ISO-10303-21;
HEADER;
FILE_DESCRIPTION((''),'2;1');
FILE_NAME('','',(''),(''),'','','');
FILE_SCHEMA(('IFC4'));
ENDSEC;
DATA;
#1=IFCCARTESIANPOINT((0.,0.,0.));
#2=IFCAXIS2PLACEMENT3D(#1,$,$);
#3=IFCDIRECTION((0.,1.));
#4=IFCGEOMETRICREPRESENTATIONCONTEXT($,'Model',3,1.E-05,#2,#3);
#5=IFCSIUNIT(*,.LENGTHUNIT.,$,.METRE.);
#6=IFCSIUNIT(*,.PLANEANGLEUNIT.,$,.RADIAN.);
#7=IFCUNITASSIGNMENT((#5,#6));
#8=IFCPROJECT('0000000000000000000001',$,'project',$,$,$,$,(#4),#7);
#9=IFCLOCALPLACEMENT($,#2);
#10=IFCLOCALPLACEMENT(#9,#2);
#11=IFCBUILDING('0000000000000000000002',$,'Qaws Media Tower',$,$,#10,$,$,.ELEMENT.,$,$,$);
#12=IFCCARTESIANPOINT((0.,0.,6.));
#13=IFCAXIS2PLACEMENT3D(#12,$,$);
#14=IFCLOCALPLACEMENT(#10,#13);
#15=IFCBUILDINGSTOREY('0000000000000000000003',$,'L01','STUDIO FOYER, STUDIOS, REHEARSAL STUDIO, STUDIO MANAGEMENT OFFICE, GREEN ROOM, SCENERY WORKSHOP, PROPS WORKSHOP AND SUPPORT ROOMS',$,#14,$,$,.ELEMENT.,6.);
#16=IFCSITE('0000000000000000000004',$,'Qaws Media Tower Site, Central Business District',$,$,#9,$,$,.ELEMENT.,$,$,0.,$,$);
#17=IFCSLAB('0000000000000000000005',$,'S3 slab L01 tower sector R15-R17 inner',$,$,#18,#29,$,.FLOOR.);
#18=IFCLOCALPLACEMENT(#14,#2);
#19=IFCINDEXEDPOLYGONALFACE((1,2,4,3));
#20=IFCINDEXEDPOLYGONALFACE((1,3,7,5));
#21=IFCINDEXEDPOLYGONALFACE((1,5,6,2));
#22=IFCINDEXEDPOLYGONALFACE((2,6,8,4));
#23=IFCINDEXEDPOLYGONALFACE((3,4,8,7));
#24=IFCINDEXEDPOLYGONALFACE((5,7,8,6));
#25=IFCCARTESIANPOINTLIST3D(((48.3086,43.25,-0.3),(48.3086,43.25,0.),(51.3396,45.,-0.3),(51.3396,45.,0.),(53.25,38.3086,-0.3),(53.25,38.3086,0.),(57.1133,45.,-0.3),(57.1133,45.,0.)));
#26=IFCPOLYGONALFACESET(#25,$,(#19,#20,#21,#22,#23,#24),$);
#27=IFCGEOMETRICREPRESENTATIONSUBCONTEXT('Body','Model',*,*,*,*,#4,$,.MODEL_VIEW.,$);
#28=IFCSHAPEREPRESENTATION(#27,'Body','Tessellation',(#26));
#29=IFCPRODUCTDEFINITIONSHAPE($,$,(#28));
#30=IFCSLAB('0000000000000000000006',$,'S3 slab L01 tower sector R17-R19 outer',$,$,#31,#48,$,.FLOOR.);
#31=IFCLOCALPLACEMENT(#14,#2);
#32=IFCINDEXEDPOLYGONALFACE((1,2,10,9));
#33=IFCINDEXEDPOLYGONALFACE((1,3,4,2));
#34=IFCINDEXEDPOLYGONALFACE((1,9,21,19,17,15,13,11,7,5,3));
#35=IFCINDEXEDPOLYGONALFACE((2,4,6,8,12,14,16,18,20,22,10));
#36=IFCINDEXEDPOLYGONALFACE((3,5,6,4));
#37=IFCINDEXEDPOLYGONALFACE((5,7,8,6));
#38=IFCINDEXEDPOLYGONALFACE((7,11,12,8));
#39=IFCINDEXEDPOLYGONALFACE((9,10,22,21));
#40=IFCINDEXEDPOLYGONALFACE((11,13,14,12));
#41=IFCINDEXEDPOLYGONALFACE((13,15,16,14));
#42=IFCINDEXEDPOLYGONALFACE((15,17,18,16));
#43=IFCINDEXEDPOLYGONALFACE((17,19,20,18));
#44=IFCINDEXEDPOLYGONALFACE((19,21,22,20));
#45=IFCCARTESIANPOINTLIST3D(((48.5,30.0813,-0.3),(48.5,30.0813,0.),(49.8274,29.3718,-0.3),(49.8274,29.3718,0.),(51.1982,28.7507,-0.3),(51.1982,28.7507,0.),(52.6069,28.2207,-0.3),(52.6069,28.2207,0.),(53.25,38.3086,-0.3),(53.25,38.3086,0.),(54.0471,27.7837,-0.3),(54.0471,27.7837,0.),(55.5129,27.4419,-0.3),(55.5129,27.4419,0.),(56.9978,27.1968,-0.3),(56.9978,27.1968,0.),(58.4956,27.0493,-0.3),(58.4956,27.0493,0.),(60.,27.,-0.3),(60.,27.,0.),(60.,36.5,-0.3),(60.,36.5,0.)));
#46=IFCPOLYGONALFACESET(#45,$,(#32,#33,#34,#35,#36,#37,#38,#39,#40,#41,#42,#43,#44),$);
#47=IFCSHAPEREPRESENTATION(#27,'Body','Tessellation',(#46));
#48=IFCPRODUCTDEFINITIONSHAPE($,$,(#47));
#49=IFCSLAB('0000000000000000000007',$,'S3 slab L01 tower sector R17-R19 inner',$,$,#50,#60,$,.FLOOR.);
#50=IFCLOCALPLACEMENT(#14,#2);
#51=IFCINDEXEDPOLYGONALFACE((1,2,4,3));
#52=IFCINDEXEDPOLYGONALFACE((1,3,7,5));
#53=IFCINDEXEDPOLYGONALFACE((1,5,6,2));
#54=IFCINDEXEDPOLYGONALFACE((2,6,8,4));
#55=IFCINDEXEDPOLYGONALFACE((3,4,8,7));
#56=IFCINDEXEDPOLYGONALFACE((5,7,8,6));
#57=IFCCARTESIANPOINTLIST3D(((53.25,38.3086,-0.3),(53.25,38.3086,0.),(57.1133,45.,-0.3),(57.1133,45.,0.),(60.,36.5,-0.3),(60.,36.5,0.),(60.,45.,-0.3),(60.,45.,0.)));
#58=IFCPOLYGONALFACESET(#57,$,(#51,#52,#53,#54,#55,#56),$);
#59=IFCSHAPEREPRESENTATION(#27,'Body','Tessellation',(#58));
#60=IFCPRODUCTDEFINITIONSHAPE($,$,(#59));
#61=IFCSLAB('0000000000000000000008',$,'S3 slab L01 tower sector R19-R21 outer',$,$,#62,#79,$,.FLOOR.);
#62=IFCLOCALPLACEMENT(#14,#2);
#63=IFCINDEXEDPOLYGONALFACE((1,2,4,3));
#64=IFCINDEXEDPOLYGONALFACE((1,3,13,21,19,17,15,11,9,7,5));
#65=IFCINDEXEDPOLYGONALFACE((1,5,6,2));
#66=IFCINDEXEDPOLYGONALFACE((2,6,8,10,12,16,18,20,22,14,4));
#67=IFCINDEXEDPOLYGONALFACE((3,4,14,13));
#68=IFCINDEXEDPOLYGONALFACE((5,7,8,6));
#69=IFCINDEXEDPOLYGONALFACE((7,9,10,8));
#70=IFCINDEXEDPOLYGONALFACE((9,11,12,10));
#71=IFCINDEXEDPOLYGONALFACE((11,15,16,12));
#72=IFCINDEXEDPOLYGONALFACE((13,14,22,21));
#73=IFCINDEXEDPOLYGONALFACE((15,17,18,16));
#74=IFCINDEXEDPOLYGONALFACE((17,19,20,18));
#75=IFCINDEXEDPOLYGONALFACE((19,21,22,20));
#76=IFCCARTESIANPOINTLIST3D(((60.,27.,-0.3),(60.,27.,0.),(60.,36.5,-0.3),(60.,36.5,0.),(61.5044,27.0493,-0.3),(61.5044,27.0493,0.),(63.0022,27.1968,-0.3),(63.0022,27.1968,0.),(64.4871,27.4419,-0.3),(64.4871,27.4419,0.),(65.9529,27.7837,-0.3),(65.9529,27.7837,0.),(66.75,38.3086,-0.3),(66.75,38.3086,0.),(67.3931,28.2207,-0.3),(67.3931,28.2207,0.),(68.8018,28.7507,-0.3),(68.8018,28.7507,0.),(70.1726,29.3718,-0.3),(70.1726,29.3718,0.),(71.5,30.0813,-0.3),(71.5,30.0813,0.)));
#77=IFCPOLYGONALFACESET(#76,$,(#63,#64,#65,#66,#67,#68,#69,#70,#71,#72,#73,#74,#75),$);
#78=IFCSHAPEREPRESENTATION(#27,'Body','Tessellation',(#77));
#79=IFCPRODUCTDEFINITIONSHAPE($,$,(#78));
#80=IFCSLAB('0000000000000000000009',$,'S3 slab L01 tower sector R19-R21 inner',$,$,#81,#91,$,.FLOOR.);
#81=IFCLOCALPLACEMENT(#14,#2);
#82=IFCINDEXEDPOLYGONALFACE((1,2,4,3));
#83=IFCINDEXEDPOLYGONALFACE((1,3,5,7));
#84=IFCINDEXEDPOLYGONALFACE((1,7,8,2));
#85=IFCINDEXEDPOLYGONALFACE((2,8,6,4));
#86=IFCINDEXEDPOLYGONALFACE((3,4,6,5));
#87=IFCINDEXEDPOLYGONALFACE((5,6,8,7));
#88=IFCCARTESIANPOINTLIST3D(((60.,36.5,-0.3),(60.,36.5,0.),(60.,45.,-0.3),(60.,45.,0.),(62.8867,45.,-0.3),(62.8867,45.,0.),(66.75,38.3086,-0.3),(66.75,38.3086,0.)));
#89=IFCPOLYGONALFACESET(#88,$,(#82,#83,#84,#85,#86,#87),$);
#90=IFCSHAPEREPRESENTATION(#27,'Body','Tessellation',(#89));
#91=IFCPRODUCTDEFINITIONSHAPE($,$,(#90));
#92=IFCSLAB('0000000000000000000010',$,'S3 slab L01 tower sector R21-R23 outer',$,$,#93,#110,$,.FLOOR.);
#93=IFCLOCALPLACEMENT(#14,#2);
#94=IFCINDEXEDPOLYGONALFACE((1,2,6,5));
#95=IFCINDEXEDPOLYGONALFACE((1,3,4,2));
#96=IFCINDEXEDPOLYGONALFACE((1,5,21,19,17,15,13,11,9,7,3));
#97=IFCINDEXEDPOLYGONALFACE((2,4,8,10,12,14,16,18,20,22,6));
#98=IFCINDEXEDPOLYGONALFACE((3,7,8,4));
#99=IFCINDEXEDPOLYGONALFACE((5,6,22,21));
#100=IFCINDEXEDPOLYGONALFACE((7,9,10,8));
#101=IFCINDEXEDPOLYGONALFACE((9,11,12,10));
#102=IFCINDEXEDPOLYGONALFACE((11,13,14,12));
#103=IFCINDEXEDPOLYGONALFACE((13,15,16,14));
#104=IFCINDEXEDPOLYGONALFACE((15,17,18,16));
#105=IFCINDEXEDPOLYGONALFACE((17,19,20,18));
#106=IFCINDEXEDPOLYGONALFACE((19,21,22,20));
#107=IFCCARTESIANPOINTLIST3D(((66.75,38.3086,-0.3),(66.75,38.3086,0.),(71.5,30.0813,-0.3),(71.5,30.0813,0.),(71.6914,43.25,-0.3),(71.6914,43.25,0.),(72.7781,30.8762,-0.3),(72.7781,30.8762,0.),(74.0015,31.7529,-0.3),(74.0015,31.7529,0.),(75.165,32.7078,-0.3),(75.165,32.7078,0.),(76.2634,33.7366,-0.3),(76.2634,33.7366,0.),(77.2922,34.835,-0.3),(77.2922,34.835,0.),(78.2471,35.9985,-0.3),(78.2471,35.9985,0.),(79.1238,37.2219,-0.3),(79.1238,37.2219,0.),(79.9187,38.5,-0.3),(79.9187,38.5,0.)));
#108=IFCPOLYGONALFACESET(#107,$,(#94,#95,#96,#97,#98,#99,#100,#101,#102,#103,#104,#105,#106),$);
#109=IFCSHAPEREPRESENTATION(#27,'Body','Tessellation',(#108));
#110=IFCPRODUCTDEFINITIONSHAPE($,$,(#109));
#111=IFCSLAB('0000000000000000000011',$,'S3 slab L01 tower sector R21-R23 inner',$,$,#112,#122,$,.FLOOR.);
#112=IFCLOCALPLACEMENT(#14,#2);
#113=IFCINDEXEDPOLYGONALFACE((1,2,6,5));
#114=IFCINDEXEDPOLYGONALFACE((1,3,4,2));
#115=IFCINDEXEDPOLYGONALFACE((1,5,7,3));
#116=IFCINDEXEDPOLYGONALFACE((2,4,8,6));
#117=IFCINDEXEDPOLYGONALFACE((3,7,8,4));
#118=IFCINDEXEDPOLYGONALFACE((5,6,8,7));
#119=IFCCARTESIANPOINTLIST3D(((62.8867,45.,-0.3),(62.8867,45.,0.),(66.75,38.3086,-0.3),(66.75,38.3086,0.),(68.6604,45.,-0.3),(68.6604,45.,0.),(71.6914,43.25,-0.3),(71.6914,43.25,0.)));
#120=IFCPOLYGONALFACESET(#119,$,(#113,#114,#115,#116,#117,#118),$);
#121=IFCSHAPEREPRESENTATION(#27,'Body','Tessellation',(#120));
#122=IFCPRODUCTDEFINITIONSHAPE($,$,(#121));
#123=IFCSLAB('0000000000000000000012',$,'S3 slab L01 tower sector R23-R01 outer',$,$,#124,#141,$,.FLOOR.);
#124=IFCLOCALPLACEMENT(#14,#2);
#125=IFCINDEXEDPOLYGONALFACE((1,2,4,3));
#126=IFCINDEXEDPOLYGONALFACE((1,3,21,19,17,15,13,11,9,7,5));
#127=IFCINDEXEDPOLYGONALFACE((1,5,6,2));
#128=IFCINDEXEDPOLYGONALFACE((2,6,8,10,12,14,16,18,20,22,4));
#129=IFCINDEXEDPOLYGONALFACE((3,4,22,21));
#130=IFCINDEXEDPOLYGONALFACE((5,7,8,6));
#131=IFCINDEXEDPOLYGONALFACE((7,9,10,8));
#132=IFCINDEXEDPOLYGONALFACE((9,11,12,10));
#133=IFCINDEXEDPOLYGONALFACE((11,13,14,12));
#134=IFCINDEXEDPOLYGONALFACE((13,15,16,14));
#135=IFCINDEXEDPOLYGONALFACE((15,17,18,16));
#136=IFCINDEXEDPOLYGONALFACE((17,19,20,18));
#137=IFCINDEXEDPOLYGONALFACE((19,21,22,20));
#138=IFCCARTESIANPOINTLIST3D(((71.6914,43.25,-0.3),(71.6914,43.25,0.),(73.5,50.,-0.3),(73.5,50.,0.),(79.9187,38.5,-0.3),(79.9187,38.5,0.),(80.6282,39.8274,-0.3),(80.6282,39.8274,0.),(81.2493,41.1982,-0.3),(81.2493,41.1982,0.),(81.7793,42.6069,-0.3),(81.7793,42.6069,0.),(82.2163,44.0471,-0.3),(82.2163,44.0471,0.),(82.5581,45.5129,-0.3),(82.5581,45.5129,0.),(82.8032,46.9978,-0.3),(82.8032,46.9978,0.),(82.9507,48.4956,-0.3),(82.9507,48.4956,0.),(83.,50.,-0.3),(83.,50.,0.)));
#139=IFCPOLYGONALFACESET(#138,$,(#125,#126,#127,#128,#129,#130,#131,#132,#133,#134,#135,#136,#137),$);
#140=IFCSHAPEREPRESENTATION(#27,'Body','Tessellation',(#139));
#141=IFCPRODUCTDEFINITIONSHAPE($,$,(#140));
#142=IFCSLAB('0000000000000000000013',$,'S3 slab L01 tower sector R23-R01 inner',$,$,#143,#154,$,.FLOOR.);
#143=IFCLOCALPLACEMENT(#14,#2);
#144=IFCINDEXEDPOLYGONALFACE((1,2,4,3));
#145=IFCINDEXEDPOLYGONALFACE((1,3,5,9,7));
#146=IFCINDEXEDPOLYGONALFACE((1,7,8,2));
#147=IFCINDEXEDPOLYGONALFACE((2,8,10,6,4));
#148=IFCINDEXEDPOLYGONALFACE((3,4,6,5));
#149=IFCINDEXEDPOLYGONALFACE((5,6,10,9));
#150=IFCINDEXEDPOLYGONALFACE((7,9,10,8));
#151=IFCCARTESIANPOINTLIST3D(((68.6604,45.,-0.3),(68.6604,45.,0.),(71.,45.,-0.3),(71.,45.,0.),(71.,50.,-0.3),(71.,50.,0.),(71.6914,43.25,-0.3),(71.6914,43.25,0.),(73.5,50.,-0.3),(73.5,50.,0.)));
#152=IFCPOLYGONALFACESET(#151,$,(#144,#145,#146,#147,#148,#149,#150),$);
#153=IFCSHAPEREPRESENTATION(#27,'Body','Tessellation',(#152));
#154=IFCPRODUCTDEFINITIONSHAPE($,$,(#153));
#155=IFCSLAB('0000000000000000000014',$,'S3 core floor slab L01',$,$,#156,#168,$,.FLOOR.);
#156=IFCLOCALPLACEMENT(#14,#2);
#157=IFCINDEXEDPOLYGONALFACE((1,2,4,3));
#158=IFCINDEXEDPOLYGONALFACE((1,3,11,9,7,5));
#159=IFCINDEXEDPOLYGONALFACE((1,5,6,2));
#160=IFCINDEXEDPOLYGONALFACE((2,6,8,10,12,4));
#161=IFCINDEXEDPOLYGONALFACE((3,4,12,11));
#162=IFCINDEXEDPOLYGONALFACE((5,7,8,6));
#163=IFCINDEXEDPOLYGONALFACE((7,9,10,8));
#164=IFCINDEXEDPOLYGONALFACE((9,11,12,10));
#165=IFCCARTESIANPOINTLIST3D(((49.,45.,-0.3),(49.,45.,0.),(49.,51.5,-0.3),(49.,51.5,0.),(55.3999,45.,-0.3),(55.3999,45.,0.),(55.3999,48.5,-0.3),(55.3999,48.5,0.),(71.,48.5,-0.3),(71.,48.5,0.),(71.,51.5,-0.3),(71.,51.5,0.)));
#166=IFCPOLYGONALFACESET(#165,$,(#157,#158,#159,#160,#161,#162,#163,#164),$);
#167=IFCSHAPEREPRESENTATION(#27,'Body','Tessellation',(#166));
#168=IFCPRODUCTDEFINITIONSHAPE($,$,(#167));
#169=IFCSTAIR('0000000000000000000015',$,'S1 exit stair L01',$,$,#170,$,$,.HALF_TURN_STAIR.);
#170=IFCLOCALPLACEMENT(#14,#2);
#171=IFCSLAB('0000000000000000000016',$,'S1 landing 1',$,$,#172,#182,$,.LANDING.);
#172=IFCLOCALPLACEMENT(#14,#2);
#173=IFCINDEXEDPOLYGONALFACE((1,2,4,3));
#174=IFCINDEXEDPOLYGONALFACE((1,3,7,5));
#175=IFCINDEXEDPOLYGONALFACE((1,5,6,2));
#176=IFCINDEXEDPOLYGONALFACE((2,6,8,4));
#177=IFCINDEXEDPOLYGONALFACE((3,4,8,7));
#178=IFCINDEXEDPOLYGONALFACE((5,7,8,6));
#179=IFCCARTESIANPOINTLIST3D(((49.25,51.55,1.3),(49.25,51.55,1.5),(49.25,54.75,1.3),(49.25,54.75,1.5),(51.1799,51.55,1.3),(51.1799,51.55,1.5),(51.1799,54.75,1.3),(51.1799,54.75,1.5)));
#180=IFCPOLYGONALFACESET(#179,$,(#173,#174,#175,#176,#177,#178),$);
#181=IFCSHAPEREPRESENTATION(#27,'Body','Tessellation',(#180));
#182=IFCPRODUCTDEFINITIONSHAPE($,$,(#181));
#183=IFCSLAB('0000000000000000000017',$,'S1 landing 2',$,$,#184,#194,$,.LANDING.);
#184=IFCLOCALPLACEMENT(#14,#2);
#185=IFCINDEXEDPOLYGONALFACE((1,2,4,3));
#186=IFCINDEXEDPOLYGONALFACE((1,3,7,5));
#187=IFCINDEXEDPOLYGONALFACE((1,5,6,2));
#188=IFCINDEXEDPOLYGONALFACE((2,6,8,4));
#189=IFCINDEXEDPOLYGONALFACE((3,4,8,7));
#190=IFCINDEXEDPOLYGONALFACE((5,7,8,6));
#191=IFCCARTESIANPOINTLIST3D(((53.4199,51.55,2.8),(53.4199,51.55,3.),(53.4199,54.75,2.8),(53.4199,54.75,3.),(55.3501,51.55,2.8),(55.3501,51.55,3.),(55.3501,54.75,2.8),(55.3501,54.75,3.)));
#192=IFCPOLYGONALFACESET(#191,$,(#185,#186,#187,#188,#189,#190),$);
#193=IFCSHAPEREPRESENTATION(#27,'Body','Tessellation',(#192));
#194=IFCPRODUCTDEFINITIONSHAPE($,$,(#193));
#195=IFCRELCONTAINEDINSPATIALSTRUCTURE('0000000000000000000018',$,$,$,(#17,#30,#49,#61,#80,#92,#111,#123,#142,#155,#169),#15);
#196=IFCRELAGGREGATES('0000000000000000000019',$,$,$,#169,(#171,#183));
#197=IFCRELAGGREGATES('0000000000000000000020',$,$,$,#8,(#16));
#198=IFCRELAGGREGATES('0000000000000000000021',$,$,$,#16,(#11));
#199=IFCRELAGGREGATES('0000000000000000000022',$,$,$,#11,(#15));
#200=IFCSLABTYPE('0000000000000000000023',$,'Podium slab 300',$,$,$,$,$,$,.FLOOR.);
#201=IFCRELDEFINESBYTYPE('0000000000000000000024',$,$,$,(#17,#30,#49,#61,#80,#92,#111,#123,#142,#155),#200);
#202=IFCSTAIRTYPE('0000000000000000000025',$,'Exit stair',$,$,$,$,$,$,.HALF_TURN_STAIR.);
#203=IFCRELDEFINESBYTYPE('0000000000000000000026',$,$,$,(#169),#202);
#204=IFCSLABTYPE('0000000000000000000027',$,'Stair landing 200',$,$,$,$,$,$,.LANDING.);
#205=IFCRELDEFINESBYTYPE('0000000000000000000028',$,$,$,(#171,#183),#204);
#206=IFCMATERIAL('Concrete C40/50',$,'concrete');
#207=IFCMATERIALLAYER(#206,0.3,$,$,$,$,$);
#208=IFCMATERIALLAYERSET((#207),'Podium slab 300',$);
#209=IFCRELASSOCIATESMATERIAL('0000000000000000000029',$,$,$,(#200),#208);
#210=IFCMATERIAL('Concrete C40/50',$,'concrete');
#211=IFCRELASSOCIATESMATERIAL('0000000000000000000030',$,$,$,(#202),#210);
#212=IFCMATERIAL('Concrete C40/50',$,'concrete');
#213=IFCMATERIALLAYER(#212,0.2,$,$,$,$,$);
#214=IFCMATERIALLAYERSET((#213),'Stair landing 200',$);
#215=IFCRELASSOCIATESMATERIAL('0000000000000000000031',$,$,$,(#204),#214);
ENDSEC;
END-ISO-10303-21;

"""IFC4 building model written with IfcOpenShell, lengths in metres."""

from ifc_helpers import new_model, si_unit, direction, frame, origin, place, context, subcontext, project, spatial, polyline, outline, extrude, material, layer, layer_set, type_object, element, aggregate, save


model = new_model("IFC4")

# Units and contexts
model_context = context("Model", 3, precision=1e-05, world=origin(), true_north=direction((0.0, 1.0)))
body_context = subcontext(model_context, "Body", "Model", "MODEL_VIEW")
ifc_project = project(units=[si_unit("LENGTHUNIT", "METRE"), si_unit("PLANEANGLEUNIT", "RADIAN")], contexts=[model_context])

# Site, building, storey
site_placement = place(None, origin())
site = spatial("IfcSite", under=ifc_project, at=site_placement, Name="Qaws Media Tower Site, Central Business District", CompositionType="ELEMENT", RefElevation=0.0)
building_placement = place(site_placement, origin())
building = spatial("IfcBuilding", under=site, at=building_placement, Name="Qaws Media Tower", CompositionType="ELEMENT")
storey_placement = place(building_placement, frame((0.0, 0.0, 6.0)))
storey = spatial("IfcBuildingStorey", under=building, at=storey_placement, Name="L01", Description="STUDIO FOYER, STUDIOS, REHEARSAL STUDIO, STUDIO MANAGEMENT OFFICE, GREEN ROOM, SCENERY WORKSHOP, PROPS WORKSHOP AND SUPPORT ROOMS", CompositionType="ELEMENT", Elevation=6.0)

# Slabs
ifc_material_1 = material(Name="Concrete C40/50", Category="concrete")
ifc_layer_1 = layer(ifc_material_1, 0.3)
ifc_layer_set_1 = layer_set([ifc_layer_1], Name="Podium slab 300")
slab_type_1 = type_object("IfcSlabType", Name="Podium slab 300", PredefinedType="FLOOR", material=ifc_layer_set_1)
slab_1_placement = place(storey_placement, frame((0.0, 0.0, -0.3)))
element("IfcSlab", 1, at=slab_1_placement, inside=storey, type_object=slab_type_1, Name="S3 slab L01 tower sector R15-R17 inner", PredefinedType="FLOOR", context=body_context, shape_type="SweptSolid", body=[
    extrude(outline(polyline([(51.3396, 45.0), (57.1133, 45.0), (53.25, 38.3086), (48.3086, 43.25), (51.3396, 45.0)])), origin(), (0.0, 0.0, 1.0), 0.3),
])
slab_2_placement = place(storey_placement, frame((0.0, 0.0, -0.3)))
element("IfcSlab", 2, at=slab_2_placement, inside=storey, type_object=slab_type_1, Name="S3 slab L01 tower sector R17-R19 outer", PredefinedType="FLOOR", context=body_context, shape_type="SweptSolid", body=[
    extrude(outline(polyline([(51.1982, 28.7507), (49.8274, 29.3718), (48.5, 30.0813), (53.25, 38.3086), (60.0, 36.5), (60.0, 27.0), (58.4956, 27.0493), (56.9978, 27.1968), (55.5129, 27.4419), (54.0471, 27.7837), (52.6069, 28.2207), (51.1982, 28.7507)])), origin(), (0.0, 0.0, 1.0), 0.3),
])
slab_3_placement = place(storey_placement, frame((0.0, 0.0, -0.3)))
element("IfcSlab", 3, at=slab_3_placement, inside=storey, type_object=slab_type_1, Name="S3 slab L01 tower sector R17-R19 inner", PredefinedType="FLOOR", context=body_context, shape_type="SweptSolid", body=[
    extrude(outline(polyline([(57.1133, 45.0), (60.0, 45.0), (60.0, 36.5), (53.25, 38.3086), (57.1133, 45.0)])), origin(), (0.0, 0.0, 1.0), 0.3),
])
slab_4_placement = place(storey_placement, frame((0.0, 0.0, -0.3)))
element("IfcSlab", 4, at=slab_4_placement, inside=storey, type_object=slab_type_1, Name="S3 slab L01 tower sector R19-R21 outer", PredefinedType="FLOOR", context=body_context, shape_type="SweptSolid", body=[
    extrude(outline(polyline([(63.0022, 27.1968), (61.5044, 27.0493), (60.0, 27.0), (60.0, 36.5), (66.75, 38.3086), (71.5, 30.0813), (70.1726, 29.3718), (68.8018, 28.7507), (67.3931, 28.2207), (65.9529, 27.7837), (64.4871, 27.4419), (63.0022, 27.1968)])), origin(), (0.0, 0.0, 1.0), 0.3),
])
slab_5_placement = place(storey_placement, frame((0.0, 0.0, -0.3)))
element("IfcSlab", 5, at=slab_5_placement, inside=storey, type_object=slab_type_1, Name="S3 slab L01 tower sector R19-R21 inner", PredefinedType="FLOOR", context=body_context, shape_type="SweptSolid", body=[
    extrude(outline(polyline([(60.0, 45.0), (62.8867, 45.0), (66.75, 38.3086), (60.0, 36.5), (60.0, 45.0)])), origin(), (0.0, 0.0, 1.0), 0.3),
])
slab_6_placement = place(storey_placement, frame((0.0, 0.0, -0.3)))
element("IfcSlab", 6, at=slab_6_placement, inside=storey, type_object=slab_type_1, Name="S3 slab L01 tower sector R21-R23 outer", PredefinedType="FLOOR", context=body_context, shape_type="SweptSolid", body=[
    extrude(outline(polyline([(74.0015, 31.7529), (72.7781, 30.8762), (71.5, 30.0813), (66.75, 38.3086), (71.6914, 43.25), (79.9187, 38.5), (79.1238, 37.2219), (78.2471, 35.9985), (77.2922, 34.835), (76.2634, 33.7366), (75.165, 32.7078), (74.0015, 31.7529)])), origin(), (0.0, 0.0, 1.0), 0.3),
])
slab_7_placement = place(storey_placement, frame((0.0, 0.0, -0.3)))
element("IfcSlab", 7, at=slab_7_placement, inside=storey, type_object=slab_type_1, Name="S3 slab L01 tower sector R21-R23 inner", PredefinedType="FLOOR", context=body_context, shape_type="SweptSolid", body=[
    extrude(outline(polyline([(62.8867, 45.0), (68.6604, 45.0), (71.6914, 43.25), (66.75, 38.3086), (62.8867, 45.0)])), origin(), (0.0, 0.0, 1.0), 0.3),
])
slab_8_placement = place(storey_placement, frame((0.0, 0.0, -0.3)))
element("IfcSlab", 8, at=slab_8_placement, inside=storey, type_object=slab_type_1, Name="S3 slab L01 tower sector R23-R01 outer", PredefinedType="FLOOR", context=body_context, shape_type="SweptSolid", body=[
    extrude(outline(polyline([(81.2493, 41.1982), (80.6282, 39.8274), (79.9187, 38.5), (71.6914, 43.25), (73.5, 50.0), (83.0, 50.0), (82.9507, 48.4956), (82.8032, 46.9978), (82.5581, 45.5129), (82.2163, 44.0471), (81.7793, 42.6069), (81.2493, 41.1982)])), origin(), (0.0, 0.0, 1.0), 0.3),
])
slab_9_placement = place(storey_placement, frame((0.0, 0.0, -0.3)))
element("IfcSlab", 9, at=slab_9_placement, inside=storey, type_object=slab_type_1, Name="S3 slab L01 tower sector R23-R01 inner", PredefinedType="FLOOR", context=body_context, shape_type="SweptSolid", body=[
    extrude(outline(polyline([(68.6604, 45.0), (71.0, 45.0), (71.0, 50.0), (73.5, 50.0), (71.6914, 43.25), (68.6604, 45.0)])), origin(), (0.0, 0.0, 1.0), 0.3),
])
slab_10_placement = place(storey_placement, frame((0.0, 0.0, -0.3)))
element("IfcSlab", 10, at=slab_10_placement, inside=storey, type_object=slab_type_1, Name="S3 core floor slab L01", PredefinedType="FLOOR", context=body_context, shape_type="SweptSolid", body=[
    extrude(outline(polyline([(55.3999, 48.5), (55.3999, 45.0), (49.0, 45.0), (49.0, 51.5), (71.0, 51.5), (71.0, 48.5), (55.3999, 48.5)])), origin(), (0.0, 0.0, 1.0), 0.3),
])

# Stair, slabs
ifc_material_2 = material(Name="Concrete C40/50", Category="concrete")
stair_type = type_object("IfcStairType", Name="Exit stair", PredefinedType="HALF_TURN_STAIR", material=ifc_material_2)
stair_1_placement = place(storey_placement, origin())
stair_1 = element("IfcStair", 11, at=stair_1_placement, inside=storey, type_object=stair_type, Name="S1 exit stair L01", PredefinedType="HALF_TURN_STAIR")
ifc_material_3 = material(Name="Concrete C40/50", Category="concrete")
ifc_layer_2 = layer(ifc_material_3, 0.2)
ifc_layer_set_2 = layer_set([ifc_layer_2], Name="Stair landing 200")
slab_type_2 = type_object("IfcSlabType", Name="Stair landing 200", PredefinedType="LANDING", material=ifc_layer_set_2)
slab_11_placement = place(storey_placement, frame((0.0, 0.0, 1.3)))
slab_11 = element("IfcSlab", 12, at=slab_11_placement, type_object=slab_type_2, Name="S1 landing 1", PredefinedType="LANDING", context=body_context, shape_type="SweptSolid", body=[
    extrude(outline(polyline([(49.25, 51.55), (51.1799, 51.55), (51.1799, 54.75), (49.25, 54.75), (49.25, 51.55)])), origin(), (0.0, 0.0, 1.0), 0.2),
])
slab_12_placement = place(storey_placement, frame((0.0, 0.0, 2.8)))
slab_12 = element("IfcSlab", 13, at=slab_12_placement, type_object=slab_type_2, Name="S1 landing 2", PredefinedType="LANDING", context=body_context, shape_type="SweptSolid", body=[
    extrude(outline(polyline([(53.4199, 51.55), (55.3501, 51.55), (55.3501, 54.75), (53.4199, 54.75), (53.4199, 51.55)])), origin(), (0.0, 0.0, 1.0), 0.2),
])
aggregate(stair_1, [slab_11, slab_12])

save(model, "model.ifc")
